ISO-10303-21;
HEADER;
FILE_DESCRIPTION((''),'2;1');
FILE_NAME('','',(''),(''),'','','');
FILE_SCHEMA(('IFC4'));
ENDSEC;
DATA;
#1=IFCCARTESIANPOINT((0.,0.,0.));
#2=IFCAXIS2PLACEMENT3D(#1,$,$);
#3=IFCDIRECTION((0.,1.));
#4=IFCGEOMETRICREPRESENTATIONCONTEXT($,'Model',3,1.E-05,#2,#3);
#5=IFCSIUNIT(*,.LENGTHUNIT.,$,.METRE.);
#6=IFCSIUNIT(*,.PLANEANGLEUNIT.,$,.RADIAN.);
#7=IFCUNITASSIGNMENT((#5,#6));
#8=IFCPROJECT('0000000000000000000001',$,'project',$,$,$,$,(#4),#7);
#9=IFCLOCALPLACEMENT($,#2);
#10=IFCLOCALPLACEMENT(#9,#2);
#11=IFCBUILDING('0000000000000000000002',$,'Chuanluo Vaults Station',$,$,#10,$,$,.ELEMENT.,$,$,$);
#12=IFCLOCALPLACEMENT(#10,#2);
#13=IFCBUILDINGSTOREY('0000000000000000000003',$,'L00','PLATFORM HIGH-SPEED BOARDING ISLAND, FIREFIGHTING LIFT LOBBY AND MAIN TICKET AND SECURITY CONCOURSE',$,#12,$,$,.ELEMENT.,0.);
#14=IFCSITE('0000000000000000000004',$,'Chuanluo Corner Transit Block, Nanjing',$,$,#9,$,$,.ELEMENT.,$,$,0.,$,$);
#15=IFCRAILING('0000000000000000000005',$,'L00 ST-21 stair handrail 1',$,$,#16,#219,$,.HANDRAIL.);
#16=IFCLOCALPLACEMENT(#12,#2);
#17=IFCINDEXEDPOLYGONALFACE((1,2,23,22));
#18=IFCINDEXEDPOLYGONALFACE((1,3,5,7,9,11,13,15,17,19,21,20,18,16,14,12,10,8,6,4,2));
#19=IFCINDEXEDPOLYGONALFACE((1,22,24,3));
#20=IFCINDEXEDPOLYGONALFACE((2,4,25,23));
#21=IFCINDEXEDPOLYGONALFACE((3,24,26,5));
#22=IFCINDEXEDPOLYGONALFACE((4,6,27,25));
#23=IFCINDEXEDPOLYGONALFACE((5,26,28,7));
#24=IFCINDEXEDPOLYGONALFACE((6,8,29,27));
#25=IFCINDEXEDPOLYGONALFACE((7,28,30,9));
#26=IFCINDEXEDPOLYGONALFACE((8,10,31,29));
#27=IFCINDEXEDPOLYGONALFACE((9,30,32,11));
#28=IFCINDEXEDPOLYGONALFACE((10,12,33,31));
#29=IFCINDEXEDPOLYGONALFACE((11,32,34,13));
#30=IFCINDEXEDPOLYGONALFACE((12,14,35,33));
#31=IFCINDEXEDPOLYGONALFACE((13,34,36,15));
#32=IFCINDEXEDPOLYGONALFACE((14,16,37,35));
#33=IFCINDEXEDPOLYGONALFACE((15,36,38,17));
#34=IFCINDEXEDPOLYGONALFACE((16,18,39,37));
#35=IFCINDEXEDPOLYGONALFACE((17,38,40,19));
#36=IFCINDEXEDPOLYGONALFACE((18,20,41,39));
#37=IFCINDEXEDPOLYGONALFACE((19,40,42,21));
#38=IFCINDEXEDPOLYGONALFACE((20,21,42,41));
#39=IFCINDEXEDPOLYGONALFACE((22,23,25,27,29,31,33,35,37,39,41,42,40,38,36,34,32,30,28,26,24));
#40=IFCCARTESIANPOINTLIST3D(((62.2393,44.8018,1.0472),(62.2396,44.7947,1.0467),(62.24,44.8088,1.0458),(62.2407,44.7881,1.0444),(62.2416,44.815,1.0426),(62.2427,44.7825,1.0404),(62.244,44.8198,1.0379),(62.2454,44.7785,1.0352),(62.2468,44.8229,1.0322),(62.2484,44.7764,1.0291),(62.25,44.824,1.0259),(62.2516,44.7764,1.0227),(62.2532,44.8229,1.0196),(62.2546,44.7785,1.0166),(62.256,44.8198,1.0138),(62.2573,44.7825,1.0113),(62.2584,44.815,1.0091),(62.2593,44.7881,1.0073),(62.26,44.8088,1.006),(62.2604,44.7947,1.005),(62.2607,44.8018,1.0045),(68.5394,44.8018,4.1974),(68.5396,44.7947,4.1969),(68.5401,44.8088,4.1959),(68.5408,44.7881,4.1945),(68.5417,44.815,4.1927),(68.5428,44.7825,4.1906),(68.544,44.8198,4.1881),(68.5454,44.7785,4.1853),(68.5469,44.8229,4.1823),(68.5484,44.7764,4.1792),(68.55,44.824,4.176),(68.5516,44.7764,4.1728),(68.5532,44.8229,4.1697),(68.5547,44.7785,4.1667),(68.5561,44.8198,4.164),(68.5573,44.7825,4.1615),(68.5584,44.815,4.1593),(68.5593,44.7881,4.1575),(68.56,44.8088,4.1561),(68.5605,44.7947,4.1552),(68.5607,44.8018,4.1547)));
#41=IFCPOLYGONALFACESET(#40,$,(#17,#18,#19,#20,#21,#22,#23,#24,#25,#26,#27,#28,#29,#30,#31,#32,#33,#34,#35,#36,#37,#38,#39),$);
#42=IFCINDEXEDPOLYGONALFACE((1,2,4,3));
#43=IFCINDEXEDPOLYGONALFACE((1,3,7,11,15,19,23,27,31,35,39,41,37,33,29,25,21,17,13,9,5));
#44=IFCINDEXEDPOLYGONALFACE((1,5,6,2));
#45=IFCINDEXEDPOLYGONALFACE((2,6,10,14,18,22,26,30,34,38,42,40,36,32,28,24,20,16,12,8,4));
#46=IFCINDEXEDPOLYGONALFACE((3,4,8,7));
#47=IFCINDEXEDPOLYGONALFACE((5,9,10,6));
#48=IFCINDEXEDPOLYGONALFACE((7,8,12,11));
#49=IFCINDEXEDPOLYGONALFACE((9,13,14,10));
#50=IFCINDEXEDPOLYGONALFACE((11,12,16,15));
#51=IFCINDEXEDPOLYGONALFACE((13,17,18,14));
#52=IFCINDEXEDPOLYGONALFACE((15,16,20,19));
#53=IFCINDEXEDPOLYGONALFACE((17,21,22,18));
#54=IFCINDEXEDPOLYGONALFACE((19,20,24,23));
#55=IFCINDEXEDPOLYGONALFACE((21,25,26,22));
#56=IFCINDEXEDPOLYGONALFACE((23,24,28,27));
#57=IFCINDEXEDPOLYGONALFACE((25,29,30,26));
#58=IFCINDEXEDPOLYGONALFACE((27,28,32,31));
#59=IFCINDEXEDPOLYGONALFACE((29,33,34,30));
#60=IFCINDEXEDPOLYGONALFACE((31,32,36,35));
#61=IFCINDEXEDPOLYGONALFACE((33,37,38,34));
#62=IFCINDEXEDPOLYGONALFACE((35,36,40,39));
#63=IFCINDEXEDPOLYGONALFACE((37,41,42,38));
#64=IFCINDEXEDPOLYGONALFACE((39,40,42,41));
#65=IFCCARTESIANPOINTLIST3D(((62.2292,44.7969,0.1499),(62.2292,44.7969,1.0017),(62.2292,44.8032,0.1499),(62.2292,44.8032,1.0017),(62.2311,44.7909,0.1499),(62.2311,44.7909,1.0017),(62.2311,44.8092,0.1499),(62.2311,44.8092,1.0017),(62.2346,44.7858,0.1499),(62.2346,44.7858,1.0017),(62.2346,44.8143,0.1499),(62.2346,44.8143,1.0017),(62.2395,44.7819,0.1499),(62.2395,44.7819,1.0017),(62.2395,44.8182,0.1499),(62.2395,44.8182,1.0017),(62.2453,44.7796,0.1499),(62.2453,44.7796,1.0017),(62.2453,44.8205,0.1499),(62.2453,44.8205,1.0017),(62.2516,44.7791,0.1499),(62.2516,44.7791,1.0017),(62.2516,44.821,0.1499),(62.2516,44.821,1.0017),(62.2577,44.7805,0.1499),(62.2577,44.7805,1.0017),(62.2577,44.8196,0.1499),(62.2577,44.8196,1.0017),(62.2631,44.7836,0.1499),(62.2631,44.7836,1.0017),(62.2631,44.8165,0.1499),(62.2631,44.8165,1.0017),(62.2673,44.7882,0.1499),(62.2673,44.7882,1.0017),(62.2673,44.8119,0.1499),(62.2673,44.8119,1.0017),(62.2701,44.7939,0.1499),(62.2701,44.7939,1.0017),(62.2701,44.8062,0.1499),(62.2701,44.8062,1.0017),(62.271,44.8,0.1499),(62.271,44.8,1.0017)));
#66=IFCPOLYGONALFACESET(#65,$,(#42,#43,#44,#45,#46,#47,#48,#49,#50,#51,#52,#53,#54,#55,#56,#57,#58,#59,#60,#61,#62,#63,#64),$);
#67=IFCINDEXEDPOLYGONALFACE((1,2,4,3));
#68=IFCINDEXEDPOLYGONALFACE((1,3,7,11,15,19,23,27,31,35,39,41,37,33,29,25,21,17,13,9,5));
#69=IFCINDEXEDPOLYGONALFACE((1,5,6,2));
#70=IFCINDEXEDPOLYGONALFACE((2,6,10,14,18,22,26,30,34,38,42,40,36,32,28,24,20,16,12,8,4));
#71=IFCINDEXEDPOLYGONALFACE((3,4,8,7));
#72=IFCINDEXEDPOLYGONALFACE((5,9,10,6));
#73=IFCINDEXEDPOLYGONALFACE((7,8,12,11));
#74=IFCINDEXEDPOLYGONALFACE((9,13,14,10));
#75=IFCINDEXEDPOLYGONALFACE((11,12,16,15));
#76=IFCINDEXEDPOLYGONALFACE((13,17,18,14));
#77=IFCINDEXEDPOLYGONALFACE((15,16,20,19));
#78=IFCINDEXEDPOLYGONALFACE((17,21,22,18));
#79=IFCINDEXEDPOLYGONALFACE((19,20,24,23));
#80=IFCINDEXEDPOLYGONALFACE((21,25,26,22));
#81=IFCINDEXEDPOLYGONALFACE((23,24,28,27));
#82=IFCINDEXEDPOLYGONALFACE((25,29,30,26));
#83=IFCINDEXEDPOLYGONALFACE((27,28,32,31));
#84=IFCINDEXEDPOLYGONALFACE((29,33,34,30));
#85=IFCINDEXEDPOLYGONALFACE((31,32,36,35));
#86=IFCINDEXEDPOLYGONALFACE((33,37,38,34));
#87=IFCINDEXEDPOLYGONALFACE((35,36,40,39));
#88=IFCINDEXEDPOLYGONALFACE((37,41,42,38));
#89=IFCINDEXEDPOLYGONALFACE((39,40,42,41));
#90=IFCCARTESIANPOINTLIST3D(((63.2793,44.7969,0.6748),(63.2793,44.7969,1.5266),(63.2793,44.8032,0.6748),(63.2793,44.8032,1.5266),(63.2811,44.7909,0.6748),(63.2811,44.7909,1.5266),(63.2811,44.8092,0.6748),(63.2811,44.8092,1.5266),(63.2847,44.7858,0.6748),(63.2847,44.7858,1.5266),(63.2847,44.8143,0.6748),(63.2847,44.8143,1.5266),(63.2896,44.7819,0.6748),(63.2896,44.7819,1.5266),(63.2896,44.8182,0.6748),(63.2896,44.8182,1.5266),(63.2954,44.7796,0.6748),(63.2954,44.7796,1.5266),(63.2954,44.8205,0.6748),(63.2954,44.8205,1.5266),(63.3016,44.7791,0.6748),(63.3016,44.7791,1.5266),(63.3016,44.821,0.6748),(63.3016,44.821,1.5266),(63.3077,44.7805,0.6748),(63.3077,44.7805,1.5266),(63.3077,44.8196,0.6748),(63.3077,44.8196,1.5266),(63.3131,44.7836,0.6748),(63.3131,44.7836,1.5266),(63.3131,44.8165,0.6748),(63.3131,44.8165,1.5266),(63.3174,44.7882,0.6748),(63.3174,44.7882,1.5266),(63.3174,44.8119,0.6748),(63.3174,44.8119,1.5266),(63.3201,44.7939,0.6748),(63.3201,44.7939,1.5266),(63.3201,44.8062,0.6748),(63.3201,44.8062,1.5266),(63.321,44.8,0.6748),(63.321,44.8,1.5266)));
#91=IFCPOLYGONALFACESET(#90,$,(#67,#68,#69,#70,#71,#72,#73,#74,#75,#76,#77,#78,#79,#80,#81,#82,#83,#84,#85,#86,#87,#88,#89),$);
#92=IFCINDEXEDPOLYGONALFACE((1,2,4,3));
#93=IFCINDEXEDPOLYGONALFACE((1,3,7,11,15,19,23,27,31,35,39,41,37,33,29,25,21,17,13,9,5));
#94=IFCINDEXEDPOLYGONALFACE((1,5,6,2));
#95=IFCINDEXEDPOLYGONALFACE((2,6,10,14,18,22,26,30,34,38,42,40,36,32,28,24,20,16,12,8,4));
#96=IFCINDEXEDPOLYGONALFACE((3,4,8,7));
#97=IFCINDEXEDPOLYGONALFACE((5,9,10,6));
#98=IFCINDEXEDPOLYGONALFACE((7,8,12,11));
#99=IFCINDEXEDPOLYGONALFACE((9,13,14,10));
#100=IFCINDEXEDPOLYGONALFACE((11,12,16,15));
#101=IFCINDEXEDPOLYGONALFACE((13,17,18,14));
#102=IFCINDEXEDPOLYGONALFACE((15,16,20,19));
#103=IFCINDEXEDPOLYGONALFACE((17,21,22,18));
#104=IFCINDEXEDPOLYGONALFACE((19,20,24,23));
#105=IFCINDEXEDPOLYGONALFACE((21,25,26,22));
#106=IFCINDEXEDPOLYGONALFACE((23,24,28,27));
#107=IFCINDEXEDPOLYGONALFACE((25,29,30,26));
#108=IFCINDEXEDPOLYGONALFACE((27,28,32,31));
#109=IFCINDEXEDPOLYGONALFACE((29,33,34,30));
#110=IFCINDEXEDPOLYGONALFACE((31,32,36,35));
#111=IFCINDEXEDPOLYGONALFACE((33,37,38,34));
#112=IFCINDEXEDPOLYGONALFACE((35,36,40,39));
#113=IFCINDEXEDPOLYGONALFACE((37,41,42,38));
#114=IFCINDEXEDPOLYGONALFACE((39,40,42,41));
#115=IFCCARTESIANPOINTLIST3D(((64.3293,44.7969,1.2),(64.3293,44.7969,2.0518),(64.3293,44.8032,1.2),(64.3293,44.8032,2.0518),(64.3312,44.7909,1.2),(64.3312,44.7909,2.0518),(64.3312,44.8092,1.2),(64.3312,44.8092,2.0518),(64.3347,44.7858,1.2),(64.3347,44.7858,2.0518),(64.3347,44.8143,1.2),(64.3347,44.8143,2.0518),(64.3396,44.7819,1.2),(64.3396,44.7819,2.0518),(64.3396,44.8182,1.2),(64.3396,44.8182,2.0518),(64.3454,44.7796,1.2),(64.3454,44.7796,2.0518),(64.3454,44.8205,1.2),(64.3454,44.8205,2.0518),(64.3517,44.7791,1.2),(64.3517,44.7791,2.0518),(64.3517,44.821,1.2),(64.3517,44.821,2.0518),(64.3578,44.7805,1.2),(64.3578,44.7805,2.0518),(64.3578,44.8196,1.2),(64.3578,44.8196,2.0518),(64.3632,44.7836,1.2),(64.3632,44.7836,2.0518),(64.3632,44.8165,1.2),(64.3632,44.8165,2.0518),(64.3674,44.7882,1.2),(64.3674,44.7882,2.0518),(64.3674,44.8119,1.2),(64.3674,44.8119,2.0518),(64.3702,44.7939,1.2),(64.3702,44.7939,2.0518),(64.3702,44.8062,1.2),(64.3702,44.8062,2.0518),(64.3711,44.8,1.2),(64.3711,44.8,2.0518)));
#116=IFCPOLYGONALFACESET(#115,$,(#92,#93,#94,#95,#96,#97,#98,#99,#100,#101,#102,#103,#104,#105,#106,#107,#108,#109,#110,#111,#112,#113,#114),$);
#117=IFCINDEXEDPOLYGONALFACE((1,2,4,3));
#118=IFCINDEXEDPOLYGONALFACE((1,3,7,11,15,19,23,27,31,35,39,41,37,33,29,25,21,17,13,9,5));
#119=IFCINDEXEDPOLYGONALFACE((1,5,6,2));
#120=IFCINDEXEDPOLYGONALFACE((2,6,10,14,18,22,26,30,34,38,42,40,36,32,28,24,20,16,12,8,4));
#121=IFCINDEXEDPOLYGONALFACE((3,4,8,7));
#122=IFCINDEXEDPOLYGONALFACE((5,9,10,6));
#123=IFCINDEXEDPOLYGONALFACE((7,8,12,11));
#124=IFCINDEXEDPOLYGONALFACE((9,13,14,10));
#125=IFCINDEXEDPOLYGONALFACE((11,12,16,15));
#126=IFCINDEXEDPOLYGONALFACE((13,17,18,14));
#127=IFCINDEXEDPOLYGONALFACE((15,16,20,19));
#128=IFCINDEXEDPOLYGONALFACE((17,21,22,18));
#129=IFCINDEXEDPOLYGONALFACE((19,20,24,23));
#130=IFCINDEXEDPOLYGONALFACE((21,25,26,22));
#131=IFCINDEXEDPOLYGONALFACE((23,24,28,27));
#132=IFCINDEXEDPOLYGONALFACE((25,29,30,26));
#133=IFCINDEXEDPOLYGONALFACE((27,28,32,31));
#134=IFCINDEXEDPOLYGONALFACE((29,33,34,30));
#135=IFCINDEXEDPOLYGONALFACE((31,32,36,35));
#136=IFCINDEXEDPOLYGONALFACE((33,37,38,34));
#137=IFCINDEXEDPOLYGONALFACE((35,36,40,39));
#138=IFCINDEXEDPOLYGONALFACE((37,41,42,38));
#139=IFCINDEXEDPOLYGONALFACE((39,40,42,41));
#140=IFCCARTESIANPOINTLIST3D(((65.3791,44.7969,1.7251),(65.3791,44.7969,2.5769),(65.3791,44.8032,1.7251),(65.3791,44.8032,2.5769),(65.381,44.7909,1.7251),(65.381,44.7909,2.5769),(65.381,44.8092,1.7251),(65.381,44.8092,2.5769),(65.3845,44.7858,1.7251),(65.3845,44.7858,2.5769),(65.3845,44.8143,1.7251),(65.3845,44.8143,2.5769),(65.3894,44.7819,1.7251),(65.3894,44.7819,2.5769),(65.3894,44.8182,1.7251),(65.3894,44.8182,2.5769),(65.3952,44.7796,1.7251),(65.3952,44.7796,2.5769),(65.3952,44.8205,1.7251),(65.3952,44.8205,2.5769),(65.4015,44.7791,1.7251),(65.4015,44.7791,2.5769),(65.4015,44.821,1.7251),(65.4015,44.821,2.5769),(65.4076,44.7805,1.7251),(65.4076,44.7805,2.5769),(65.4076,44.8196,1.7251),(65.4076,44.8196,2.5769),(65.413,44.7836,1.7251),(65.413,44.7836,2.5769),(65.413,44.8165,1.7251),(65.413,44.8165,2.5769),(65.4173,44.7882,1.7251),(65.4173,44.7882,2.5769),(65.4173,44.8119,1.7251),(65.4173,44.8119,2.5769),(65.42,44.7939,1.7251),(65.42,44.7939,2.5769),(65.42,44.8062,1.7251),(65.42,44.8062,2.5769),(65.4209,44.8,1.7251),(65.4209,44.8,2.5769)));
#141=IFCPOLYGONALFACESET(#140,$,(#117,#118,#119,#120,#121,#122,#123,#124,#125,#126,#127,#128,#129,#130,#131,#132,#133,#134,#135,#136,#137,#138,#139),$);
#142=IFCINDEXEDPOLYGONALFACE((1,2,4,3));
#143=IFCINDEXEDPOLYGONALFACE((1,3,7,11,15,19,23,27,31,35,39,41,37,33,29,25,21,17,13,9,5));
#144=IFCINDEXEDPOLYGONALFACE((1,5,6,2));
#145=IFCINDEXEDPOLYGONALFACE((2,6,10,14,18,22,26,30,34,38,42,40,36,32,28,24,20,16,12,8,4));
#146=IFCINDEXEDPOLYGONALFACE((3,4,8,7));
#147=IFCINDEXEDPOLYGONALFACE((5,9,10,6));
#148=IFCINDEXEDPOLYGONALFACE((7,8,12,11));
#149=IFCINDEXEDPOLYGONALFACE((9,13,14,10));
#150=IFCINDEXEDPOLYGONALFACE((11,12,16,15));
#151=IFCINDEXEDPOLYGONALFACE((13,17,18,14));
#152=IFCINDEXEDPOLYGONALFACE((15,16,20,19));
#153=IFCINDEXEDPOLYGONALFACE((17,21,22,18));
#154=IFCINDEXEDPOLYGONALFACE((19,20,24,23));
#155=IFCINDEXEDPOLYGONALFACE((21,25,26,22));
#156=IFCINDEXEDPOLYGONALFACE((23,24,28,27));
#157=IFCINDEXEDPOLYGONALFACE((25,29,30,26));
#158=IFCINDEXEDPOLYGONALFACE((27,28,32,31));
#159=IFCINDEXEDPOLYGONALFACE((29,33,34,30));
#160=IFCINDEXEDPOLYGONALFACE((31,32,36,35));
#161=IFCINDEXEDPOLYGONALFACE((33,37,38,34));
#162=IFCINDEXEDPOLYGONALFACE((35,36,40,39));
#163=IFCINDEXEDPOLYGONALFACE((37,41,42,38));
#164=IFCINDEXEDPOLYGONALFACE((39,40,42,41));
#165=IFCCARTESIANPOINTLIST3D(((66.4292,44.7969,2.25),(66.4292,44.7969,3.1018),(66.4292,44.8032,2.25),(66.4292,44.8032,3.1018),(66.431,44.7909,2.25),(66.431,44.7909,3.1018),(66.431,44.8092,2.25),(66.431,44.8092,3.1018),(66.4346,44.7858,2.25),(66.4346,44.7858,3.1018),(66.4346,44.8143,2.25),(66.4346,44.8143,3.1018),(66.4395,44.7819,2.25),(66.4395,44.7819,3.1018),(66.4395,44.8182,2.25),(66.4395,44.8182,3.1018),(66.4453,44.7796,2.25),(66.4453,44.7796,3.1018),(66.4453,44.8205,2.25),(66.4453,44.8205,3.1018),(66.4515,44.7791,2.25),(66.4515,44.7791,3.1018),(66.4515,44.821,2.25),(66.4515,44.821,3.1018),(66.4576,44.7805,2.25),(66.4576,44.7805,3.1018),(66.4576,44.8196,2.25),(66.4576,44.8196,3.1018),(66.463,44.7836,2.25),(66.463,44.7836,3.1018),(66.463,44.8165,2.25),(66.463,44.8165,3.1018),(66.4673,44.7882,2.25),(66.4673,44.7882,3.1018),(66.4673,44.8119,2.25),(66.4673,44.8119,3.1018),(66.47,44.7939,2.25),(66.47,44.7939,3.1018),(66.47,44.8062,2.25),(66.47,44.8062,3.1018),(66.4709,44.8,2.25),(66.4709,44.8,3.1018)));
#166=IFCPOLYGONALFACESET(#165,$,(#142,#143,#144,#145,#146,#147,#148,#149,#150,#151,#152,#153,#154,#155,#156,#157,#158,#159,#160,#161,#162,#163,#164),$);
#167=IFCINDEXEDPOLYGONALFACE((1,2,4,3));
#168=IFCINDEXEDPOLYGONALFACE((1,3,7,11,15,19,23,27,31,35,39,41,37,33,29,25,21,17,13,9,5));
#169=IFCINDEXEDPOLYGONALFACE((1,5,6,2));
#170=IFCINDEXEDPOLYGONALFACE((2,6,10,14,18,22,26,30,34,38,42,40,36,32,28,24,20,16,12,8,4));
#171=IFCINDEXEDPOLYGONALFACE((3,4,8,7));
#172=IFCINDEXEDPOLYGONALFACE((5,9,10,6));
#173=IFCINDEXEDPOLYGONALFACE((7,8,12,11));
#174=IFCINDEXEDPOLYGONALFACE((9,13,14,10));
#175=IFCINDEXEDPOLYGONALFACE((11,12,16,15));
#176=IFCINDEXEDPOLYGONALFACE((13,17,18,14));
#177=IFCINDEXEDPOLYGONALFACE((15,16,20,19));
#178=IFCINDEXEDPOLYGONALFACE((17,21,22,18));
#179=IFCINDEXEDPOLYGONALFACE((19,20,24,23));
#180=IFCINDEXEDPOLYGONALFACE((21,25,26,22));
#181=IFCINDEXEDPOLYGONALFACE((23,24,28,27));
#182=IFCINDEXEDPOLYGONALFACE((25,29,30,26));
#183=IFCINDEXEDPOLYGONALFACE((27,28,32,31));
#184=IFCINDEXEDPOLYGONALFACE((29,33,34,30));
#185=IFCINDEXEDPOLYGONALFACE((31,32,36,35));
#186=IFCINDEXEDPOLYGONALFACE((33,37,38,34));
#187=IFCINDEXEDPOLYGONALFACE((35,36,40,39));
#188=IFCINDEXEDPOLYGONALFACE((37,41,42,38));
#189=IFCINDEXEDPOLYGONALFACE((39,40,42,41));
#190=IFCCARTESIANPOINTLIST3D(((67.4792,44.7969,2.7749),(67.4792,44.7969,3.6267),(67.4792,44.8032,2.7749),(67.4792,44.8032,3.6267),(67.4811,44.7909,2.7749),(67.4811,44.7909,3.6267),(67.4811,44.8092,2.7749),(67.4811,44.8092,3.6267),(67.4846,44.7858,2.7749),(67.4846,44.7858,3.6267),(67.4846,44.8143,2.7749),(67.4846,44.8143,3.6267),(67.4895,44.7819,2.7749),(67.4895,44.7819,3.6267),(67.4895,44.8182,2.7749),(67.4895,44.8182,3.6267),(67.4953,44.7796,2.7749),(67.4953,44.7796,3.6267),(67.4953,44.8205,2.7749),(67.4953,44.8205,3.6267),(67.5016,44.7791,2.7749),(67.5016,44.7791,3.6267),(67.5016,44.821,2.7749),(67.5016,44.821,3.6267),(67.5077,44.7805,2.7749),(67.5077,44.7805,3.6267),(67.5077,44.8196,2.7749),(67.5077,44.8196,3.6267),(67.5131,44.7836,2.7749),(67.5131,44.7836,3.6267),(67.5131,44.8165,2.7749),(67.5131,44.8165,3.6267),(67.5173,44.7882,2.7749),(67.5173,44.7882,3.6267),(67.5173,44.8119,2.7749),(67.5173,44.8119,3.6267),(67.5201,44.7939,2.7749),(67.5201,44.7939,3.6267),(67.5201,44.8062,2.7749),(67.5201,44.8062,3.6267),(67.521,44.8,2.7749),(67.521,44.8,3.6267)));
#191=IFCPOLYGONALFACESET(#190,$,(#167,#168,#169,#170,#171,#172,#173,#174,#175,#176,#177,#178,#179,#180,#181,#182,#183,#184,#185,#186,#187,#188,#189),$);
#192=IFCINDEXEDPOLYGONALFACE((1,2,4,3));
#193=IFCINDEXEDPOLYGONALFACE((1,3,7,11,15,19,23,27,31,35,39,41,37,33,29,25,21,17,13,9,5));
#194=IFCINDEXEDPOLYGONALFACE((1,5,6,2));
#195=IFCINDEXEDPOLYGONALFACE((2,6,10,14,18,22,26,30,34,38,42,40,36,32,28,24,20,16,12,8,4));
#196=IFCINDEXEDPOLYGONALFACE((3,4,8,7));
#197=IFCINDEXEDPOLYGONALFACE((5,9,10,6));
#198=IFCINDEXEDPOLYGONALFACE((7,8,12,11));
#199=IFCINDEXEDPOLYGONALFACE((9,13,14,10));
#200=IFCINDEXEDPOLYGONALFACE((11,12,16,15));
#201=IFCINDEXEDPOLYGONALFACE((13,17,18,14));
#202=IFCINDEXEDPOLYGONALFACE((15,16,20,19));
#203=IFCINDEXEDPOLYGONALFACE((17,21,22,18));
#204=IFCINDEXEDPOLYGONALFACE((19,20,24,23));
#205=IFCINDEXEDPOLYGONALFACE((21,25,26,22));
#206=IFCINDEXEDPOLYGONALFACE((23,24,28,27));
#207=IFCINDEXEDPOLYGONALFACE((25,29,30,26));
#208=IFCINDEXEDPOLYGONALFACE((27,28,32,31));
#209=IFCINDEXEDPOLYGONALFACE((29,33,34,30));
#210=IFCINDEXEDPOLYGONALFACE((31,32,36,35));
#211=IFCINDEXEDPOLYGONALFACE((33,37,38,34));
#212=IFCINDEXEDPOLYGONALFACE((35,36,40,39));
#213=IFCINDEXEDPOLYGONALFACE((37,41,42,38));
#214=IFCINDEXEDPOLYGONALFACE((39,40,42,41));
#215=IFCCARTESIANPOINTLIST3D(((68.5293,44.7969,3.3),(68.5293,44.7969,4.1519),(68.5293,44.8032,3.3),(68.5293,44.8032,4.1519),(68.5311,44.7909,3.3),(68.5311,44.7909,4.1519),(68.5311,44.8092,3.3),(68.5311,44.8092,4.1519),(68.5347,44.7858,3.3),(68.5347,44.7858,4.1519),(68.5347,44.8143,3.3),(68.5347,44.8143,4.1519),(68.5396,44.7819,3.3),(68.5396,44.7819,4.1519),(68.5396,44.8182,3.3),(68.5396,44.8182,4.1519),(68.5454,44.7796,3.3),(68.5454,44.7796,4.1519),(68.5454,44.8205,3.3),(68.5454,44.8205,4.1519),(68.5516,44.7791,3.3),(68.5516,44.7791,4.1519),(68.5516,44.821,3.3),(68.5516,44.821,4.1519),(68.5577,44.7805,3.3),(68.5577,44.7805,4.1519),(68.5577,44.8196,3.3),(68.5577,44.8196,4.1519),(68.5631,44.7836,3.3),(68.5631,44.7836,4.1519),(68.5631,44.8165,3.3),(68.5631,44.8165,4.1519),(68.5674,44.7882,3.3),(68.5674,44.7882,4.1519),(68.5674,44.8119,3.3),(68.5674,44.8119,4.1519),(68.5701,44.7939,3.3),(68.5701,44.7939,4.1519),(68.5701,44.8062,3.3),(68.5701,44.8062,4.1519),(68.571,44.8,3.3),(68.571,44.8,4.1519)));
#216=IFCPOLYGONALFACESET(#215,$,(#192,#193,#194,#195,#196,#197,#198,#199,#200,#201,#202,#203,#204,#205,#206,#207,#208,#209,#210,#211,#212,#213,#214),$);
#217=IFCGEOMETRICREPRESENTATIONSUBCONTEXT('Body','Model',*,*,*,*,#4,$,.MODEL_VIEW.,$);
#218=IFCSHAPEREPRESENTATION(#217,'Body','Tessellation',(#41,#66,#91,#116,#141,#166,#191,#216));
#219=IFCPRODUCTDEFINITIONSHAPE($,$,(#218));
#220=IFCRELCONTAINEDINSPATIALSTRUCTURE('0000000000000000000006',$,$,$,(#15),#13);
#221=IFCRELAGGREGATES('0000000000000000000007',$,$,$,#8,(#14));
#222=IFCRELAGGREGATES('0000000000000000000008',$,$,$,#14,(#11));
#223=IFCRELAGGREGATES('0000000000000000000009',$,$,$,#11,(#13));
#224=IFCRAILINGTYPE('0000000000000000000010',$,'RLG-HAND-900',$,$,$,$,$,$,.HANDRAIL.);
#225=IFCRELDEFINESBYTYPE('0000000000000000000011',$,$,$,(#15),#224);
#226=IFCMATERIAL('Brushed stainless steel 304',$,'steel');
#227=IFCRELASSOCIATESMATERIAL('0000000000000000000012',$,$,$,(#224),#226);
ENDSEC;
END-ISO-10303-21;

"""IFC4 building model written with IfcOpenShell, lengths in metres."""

from ifc_helpers import new_model, si_unit, direction, frame, origin, origin_2d, place, context, subcontext, project, spatial, circle, extrude, material, type_object, element, save


model = new_model("IFC4")

# Units and contexts
model_context = context("Model", 3, precision=1e-05, world=origin(), true_north=direction((0.0, 1.0)))
body_context = subcontext(model_context, "Body", "Model", "MODEL_VIEW")
ifc_project = project(units=[si_unit("LENGTHUNIT", "METRE"), si_unit("PLANEANGLEUNIT", "RADIAN")], contexts=[model_context])

# Site, building, storey
site_placement = place(None, origin())
site = spatial("IfcSite", under=ifc_project, at=site_placement, Name="Chuanluo Corner Transit Block, Nanjing", CompositionType="ELEMENT", RefElevation=0.0)
building_placement = place(site_placement, origin())
building = spatial("IfcBuilding", under=site, at=building_placement, Name="Chuanluo Vaults Station", CompositionType="ELEMENT")
storey_placement = place(building_placement, origin())
storey = spatial("IfcBuildingStorey", under=building, at=storey_placement, Name="L00", Description="PLATFORM HIGH-SPEED BOARDING ISLAND, FIREFIGHTING LIFT LOBBY AND MAIN TICKET AND SECURITY CONCOURSE", CompositionType="ELEMENT", Elevation=0.0)

# Railing
ifc_material_1 = material(Name="Brushed stainless steel 304", Category="steel")
railing_type_1 = type_object("IfcRailingType", Name="RLG-HAND-900", PredefinedType="HANDRAIL", material=ifc_material_1)
for number, where, name in (
    (1, (62.25, 44.8, 0.1499), "L00 ST-21 stair handrail 1"),
):
    element("IfcRailing", number, at=place(storey_placement, frame(where)), inside=storey, type_object=railing_type_1, Name=name, PredefinedType="HANDRAIL", context=body_context, shape_type="SweptSolid", body=[
        extrude(circle(Radius=0.0239, at=origin_2d()), frame((0.0, 0.0, 0.876), z_axis=(0.89442, 0.0, 0.447227), x_axis=(0.0, 1.0, 0.0)), (0.0, 0.0, 1.0), 7.0437),
        extrude(circle(Radius=0.021, at=origin_2d()), origin(), (0.0, 0.0, 1.0), 0.8518),
        extrude(circle(Radius=0.021, at=origin_2d()), frame((1.05, 0.0, 0.5249)), (0.0, 0.0, 1.0), 0.8518),
        extrude(circle(Radius=0.021, at=origin_2d()), frame((2.1001, 0.0, 1.05)), (0.0, 0.0, 1.0), 0.8518),
        extrude(circle(Radius=0.021, at=origin_2d()), frame((3.1499, 0.0, 1.5752)), (0.0, 0.0, 1.0), 0.8518),
        extrude(circle(Radius=0.021, at=origin_2d()), frame((4.2, 0.0, 2.1001)), (0.0, 0.0, 1.0), 0.8518),
        extrude(circle(Radius=0.021, at=origin_2d()), frame((5.25, 0.0, 2.625)), (0.0, 0.0, 1.0), 0.8518),
        extrude(circle(Radius=0.021, at=origin_2d()), frame((6.3, 0.0, 3.1501)), (0.0, 0.0, 1.0), 0.8518),
    ])

save(model, "model.ifc")
